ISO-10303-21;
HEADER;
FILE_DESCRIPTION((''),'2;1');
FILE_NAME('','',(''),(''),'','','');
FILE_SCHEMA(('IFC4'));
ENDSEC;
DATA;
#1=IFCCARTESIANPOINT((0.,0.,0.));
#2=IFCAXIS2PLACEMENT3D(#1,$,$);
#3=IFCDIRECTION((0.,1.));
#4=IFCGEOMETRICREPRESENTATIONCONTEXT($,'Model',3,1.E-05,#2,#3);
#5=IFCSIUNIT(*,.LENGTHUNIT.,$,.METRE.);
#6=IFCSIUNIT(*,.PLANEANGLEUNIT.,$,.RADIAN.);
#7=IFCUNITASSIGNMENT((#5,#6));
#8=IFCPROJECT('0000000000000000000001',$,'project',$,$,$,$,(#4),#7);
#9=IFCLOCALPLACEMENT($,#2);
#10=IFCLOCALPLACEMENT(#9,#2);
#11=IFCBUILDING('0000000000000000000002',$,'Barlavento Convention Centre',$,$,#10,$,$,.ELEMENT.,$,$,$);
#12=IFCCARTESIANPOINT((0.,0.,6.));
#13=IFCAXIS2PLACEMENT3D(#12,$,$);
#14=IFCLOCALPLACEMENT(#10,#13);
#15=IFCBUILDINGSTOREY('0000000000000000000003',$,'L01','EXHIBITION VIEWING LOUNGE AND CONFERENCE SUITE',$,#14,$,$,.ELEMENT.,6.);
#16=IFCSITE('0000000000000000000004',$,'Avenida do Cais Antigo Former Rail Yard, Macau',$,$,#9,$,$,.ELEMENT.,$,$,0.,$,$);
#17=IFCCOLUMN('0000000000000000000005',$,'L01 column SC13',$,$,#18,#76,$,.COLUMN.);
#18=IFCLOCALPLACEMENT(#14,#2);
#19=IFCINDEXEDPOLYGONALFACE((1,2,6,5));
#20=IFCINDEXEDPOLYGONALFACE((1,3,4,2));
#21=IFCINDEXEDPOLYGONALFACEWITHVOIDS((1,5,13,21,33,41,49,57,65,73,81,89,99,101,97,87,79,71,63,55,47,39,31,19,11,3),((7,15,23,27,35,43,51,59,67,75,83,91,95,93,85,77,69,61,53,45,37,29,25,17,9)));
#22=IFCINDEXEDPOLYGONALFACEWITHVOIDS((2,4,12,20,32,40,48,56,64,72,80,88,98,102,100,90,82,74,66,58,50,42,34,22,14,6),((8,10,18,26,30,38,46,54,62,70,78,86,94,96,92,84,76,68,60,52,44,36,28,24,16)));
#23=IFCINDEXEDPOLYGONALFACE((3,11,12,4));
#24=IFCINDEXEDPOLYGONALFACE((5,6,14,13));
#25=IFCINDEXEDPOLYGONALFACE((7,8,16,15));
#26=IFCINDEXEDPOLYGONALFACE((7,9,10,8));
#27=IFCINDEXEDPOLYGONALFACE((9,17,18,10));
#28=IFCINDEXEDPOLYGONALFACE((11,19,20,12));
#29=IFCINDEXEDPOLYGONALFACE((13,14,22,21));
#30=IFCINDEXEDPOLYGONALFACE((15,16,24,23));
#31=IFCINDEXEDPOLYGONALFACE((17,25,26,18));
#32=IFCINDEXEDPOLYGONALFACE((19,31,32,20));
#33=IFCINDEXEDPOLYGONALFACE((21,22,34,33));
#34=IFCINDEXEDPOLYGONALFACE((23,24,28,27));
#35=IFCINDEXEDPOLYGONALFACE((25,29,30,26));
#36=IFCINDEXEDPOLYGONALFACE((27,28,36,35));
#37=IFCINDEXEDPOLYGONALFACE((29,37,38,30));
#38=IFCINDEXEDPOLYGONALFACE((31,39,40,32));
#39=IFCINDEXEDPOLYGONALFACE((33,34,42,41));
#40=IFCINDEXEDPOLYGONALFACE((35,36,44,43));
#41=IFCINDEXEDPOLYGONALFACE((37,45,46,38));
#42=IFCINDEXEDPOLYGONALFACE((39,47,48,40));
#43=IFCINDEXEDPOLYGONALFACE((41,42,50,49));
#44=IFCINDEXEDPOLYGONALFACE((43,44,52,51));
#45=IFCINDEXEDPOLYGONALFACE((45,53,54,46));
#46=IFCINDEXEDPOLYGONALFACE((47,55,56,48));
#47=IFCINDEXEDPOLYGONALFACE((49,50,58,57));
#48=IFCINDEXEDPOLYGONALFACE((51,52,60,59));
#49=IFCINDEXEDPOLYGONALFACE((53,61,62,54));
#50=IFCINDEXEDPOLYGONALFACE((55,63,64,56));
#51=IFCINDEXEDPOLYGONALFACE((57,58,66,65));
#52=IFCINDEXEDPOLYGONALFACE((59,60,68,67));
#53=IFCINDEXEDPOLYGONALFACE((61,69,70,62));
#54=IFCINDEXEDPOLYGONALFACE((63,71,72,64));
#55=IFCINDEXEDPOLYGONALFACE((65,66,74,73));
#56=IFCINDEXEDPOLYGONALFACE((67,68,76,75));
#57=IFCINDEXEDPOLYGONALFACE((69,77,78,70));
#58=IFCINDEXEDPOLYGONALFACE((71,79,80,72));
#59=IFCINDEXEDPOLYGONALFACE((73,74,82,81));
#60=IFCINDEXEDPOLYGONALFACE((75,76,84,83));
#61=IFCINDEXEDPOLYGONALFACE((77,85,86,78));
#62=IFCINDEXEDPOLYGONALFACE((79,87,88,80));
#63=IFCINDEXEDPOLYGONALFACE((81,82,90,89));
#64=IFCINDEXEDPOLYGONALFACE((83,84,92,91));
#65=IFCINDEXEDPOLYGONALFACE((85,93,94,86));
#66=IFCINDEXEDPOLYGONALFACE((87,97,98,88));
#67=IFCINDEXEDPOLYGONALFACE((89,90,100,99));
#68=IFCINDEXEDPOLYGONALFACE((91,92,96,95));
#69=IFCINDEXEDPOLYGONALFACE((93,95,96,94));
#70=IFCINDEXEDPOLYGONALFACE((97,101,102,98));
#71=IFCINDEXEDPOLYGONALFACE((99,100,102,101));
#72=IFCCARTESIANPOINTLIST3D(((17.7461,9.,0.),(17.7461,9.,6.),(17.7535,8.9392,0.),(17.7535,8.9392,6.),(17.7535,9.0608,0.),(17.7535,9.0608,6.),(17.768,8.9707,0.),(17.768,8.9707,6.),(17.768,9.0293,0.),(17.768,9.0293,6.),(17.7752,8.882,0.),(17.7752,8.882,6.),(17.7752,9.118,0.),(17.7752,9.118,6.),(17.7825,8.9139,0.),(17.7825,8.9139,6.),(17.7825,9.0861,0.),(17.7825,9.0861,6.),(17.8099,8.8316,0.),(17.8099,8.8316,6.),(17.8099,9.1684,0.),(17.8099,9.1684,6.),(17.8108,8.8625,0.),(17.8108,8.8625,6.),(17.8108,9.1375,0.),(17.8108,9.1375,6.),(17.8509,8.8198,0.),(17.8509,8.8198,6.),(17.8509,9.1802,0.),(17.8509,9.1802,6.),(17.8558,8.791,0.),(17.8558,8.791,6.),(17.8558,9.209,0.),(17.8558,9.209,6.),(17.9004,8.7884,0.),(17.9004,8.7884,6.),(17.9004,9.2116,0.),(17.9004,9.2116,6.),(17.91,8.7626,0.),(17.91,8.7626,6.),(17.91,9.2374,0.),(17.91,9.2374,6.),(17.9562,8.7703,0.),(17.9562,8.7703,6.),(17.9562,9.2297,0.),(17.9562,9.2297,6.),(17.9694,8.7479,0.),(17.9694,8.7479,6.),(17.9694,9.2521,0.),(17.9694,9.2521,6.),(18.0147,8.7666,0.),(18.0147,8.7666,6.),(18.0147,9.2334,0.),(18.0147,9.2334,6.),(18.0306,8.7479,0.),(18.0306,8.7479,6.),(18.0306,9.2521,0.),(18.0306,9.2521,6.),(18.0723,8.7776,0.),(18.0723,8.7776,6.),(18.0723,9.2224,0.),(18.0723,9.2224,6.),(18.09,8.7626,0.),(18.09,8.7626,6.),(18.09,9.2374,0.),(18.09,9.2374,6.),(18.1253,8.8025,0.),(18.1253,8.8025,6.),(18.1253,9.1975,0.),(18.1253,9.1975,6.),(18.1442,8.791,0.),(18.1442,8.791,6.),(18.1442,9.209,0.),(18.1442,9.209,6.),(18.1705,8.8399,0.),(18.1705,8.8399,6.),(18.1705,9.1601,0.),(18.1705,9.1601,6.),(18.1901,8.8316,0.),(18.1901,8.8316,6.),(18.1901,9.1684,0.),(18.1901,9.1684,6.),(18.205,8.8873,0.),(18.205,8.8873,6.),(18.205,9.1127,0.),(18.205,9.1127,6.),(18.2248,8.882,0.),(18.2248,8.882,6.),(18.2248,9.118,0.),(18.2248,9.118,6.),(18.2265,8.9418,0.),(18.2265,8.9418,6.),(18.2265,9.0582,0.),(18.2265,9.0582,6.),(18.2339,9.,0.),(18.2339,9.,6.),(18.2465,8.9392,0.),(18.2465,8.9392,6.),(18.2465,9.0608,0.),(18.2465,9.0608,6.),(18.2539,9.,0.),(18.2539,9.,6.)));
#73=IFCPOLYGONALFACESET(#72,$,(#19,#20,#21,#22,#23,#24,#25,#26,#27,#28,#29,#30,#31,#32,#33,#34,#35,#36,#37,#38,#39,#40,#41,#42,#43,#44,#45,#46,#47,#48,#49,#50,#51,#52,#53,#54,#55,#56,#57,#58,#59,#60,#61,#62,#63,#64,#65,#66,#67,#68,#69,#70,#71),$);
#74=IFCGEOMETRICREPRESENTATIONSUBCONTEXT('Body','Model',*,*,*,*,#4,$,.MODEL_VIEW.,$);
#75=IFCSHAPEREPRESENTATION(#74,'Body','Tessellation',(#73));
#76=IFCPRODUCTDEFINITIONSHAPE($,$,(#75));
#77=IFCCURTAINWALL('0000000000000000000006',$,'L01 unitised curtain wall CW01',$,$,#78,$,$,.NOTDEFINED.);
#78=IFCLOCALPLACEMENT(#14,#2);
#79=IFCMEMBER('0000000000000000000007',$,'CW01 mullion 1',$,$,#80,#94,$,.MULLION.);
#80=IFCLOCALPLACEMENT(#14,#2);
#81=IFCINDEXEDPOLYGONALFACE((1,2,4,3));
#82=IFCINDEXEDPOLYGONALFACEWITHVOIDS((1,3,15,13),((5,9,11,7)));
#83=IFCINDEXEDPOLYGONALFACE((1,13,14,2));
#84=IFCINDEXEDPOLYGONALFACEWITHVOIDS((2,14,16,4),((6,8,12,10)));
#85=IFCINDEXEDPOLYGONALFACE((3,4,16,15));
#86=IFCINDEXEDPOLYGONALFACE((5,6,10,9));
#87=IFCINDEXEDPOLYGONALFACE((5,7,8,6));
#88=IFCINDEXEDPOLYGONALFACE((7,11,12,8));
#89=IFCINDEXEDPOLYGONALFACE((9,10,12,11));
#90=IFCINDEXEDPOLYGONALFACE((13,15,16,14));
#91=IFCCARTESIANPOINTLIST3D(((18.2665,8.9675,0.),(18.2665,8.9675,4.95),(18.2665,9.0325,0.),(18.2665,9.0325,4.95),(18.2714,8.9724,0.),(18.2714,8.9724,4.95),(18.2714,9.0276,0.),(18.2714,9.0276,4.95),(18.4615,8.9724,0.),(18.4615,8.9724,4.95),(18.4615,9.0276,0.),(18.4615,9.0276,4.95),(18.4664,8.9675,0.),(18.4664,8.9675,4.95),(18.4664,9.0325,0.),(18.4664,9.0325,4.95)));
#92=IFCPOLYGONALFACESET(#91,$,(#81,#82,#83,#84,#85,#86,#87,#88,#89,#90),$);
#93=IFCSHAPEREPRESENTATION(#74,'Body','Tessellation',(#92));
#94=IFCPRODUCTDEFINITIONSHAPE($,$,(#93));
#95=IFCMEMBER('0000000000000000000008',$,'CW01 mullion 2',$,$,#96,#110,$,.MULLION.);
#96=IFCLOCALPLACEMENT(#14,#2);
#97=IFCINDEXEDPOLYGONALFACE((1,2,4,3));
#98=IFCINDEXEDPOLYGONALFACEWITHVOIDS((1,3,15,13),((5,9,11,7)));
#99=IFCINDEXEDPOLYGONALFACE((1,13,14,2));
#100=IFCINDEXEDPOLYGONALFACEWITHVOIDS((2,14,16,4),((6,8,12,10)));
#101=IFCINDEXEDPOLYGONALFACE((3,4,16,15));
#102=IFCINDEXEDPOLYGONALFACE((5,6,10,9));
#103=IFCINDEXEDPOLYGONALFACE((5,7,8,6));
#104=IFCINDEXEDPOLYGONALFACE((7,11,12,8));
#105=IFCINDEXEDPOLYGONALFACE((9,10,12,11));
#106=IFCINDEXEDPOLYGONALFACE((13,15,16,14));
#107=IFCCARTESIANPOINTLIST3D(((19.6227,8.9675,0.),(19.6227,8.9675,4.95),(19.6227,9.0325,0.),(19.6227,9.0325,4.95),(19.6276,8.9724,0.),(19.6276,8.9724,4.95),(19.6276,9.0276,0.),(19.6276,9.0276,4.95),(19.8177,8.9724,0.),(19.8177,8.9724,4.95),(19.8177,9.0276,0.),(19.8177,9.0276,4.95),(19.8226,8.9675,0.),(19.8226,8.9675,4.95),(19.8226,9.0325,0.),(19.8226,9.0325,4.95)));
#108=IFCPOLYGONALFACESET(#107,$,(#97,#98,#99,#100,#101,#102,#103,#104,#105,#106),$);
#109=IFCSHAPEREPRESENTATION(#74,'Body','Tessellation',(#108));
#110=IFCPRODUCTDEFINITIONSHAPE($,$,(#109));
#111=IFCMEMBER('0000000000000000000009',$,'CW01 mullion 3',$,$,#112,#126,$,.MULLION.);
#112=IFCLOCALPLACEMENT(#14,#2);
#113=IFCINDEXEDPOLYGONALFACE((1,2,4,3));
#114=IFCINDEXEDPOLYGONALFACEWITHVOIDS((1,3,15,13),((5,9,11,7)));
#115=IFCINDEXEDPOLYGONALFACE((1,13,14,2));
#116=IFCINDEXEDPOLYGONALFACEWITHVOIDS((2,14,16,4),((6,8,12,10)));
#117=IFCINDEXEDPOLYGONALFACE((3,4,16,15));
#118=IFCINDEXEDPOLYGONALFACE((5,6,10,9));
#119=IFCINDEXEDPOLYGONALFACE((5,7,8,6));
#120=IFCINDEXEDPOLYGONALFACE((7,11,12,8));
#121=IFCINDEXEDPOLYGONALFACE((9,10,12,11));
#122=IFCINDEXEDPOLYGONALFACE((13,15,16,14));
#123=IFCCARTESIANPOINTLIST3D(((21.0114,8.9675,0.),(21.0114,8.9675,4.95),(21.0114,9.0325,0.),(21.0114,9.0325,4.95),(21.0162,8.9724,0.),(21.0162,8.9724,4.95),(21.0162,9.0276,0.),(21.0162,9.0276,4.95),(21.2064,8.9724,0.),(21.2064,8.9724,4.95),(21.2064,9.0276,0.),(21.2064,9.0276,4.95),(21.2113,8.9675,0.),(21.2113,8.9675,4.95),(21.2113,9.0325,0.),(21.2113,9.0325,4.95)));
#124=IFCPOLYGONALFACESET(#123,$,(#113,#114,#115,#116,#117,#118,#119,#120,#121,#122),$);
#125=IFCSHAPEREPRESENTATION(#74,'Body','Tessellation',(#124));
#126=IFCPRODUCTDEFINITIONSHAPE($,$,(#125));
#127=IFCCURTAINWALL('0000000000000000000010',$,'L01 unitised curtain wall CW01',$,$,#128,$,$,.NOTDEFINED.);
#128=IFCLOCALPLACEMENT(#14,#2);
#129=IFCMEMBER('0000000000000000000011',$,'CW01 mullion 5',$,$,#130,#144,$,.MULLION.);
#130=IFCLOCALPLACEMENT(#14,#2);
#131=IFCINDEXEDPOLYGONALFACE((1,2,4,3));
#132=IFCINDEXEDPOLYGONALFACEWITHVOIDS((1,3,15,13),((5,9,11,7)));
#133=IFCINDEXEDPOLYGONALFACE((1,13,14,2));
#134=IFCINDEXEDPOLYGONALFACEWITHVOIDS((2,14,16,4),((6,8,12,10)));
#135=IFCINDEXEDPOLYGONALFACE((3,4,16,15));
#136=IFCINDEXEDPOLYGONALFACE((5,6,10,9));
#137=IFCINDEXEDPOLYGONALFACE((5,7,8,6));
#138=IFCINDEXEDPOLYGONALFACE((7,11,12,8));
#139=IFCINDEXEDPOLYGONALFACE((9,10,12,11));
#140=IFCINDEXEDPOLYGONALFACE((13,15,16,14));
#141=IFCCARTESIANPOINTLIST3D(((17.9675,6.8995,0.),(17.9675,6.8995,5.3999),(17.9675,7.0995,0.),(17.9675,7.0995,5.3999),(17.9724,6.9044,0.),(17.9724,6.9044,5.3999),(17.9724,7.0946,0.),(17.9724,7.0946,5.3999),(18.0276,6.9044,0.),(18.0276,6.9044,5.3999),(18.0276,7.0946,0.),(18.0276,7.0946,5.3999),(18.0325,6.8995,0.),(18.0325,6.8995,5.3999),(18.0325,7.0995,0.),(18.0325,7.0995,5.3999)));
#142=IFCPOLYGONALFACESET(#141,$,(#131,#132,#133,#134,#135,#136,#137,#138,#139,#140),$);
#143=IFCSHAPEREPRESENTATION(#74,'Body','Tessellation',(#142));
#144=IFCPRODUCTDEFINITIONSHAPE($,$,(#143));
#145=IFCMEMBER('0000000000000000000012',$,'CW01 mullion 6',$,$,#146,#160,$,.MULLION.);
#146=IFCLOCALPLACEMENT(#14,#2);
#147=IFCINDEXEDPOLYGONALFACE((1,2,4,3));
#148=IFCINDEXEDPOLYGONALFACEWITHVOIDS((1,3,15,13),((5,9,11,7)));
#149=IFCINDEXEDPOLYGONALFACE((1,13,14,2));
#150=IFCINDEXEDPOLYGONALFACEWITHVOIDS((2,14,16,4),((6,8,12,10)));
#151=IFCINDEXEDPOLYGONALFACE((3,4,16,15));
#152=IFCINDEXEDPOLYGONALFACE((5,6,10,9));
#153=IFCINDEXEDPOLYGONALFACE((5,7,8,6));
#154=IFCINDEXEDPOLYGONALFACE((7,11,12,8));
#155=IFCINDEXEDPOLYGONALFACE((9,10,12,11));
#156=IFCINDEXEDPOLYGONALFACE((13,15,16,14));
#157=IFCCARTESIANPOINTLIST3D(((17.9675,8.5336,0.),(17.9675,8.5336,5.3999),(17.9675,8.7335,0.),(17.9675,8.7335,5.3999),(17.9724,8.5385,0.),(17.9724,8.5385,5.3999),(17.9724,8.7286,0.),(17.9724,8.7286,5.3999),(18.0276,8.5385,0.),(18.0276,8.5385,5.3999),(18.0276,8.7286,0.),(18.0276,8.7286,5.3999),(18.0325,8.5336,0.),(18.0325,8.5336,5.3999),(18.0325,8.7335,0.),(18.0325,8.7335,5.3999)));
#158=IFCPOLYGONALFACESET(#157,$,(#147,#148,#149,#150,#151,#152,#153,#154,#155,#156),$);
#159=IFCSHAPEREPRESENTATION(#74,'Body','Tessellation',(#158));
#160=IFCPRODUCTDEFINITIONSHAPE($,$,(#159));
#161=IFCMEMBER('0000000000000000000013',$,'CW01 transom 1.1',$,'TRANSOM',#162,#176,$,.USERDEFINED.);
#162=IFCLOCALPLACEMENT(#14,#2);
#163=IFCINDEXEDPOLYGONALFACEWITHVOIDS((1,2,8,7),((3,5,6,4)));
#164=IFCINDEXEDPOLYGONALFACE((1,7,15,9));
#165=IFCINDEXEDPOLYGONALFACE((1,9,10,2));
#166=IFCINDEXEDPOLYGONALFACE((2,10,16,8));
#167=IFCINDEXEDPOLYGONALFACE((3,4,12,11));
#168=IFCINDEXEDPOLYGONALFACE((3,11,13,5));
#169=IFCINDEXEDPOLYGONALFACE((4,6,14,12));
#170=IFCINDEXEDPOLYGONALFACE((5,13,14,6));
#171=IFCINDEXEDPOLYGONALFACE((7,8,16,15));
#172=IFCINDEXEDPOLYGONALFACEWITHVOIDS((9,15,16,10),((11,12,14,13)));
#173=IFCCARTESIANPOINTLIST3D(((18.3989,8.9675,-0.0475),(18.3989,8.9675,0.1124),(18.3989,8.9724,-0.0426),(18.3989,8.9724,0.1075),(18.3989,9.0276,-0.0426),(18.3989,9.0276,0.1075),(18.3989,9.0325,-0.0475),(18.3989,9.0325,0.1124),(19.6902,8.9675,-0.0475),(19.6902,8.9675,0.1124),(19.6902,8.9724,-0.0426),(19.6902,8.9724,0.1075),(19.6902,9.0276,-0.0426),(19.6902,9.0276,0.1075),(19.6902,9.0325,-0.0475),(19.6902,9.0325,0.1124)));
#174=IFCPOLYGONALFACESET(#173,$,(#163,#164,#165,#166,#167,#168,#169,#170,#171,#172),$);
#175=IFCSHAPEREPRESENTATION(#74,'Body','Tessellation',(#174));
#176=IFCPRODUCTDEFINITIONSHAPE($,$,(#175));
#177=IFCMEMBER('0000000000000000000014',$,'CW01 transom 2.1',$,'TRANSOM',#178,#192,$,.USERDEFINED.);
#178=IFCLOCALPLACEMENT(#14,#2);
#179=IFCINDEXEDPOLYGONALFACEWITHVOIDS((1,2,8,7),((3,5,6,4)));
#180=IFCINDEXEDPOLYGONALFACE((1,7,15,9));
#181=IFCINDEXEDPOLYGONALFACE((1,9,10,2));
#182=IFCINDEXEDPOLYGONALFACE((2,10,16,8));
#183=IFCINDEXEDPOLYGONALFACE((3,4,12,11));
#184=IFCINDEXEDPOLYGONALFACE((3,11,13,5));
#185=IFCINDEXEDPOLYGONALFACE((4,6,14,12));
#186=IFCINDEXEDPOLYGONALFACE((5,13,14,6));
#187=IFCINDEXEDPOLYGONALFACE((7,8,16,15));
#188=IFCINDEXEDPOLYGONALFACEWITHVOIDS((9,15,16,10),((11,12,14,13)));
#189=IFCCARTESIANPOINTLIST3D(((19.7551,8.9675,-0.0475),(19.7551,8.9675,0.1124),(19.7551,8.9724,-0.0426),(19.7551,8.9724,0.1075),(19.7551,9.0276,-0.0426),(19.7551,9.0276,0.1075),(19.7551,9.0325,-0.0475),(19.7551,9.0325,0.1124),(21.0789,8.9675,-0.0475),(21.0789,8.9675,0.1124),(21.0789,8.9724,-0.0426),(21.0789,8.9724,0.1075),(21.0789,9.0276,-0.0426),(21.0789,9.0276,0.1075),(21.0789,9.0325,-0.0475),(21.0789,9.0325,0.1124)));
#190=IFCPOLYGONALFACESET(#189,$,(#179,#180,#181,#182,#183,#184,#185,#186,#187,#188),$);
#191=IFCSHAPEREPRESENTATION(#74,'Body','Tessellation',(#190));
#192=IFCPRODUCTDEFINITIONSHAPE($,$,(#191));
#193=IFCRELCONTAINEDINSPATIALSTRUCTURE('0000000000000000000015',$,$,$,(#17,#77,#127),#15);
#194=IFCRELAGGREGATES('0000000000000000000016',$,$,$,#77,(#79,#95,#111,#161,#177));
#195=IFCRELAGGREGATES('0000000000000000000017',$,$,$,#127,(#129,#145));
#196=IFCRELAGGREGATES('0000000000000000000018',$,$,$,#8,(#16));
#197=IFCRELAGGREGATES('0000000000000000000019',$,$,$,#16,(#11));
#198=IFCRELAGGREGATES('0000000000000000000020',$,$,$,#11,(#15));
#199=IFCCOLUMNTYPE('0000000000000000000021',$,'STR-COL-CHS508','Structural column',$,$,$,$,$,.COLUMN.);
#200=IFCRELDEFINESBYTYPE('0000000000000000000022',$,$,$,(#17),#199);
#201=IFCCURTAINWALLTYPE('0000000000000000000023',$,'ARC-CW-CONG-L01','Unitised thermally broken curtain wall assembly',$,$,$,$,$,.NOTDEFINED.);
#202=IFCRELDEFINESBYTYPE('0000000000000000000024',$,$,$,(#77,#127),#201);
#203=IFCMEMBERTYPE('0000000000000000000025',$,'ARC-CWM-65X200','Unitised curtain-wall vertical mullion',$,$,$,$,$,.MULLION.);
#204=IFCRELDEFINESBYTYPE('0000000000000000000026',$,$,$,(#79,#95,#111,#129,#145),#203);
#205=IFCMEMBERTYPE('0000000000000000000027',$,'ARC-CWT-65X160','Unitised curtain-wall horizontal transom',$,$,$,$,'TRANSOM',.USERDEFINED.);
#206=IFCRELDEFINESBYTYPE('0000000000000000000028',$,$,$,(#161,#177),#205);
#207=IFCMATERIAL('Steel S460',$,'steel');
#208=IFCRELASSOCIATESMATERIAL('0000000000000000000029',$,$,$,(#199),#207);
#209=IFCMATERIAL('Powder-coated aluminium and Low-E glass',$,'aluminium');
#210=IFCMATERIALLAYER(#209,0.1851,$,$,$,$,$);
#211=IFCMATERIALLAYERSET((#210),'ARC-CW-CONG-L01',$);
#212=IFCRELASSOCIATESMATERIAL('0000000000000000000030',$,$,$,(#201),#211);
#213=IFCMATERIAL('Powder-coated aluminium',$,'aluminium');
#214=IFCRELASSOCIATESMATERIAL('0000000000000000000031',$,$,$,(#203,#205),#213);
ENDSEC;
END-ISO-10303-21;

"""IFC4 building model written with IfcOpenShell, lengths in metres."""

from ifc_helpers import new_model, si_unit, direction, frame, origin, origin_2d, place, context, subcontext, project, spatial, hollow_rectangle, hollow_circle, extrude, material, layer, layer_set, material_profile, profile_set, type_object, element, aggregate, save


model = new_model("IFC4")

# Units and contexts
model_context = context("Model", 3, precision=1e-05, world=origin(), true_north=direction((0.0, 1.0)))
body_context = subcontext(model_context, "Body", "Model", "MODEL_VIEW")
ifc_project = project(units=[si_unit("LENGTHUNIT", "METRE"), si_unit("PLANEANGLEUNIT", "RADIAN")], contexts=[model_context])

# Site, building, storey
site_placement = place(None, origin())
site = spatial("IfcSite", under=ifc_project, at=site_placement, Name="Avenida do Cais Antigo Former Rail Yard, Macau", CompositionType="ELEMENT", RefElevation=0.0)
building_placement = place(site_placement, origin())
building = spatial("IfcBuilding", under=site, at=building_placement, Name="Barlavento Convention Centre", CompositionType="ELEMENT")
storey_placement = place(building_placement, frame((0.0, 0.0, 6.0)))
storey = spatial("IfcBuildingStorey", under=building, at=storey_placement, Name="L01", Description="EXHIBITION VIEWING LOUNGE AND CONFERENCE SUITE", CompositionType="ELEMENT", Elevation=6.0)

# Column
ifc_material_1 = material(Name="Steel S460", Category="steel")
ifc_material_profile_1 = material_profile(ifc_material_1, hollow_circle(Radius=0.2539, WallThickness=0.02, at=origin_2d()), Name="CHS 508.0x20.0")
ifc_profile_set_1 = profile_set([ifc_material_profile_1], Name="Steel S460")
column_type = type_object("IfcColumnType", Name="STR-COL-CHS508", Description="Structural column", PredefinedType="COLUMN", material=ifc_profile_set_1)
column_placement = place(storey_placement, frame((18.0, 9.0, 0.0), z_axis=(0.0, 0.0, 1.0), x_axis=(1.0, 0.0, 0.0)))
element("IfcColumn", 1, at=column_placement, inside=storey, type_object=column_type, Name="L01 column SC13", PredefinedType="COLUMN", context=body_context, shape_type="SweptSolid", body=[
    extrude(hollow_circle(Radius=0.2539, WallThickness=0.02, at=origin_2d()), origin(), (0.0, 0.0, 1.0), 6.0),
])

# Curtain walls, members
ifc_material_2 = material(Name="Powder-coated aluminium and Low-E glass", Category="aluminium")
ifc_layer = layer(ifc_material_2, 0.1851)
ifc_layer_set = layer_set([ifc_layer], Name="ARC-CW-CONG-L01")
curtain_wall_type = type_object("IfcCurtainWallType", Name="ARC-CW-CONG-L01", Description="Unitised thermally broken curtain wall assembly", PredefinedType="NOTDEFINED", material=ifc_layer_set)
curtain_wall_1_placement = place(storey_placement, origin())
curtain_wall_1 = element("IfcCurtainWall", 2, at=curtain_wall_1_placement, inside=storey, type_object=curtain_wall_type, Name="L01 unitised curtain wall CW01", PredefinedType="NOTDEFINED")
ifc_material_3 = material(Name="Powder-coated aluminium", Category="aluminium")
ifc_material_profile_2 = material_profile(ifc_material_3, hollow_rectangle(XDim=0.0649, YDim=0.2, WallThickness=0.0049, at=origin_2d()), Name="AL-MULL 65x200x5")
ifc_profile_set_2 = profile_set([ifc_material_profile_2], Name="Powder-coated aluminium")
member_type_1 = type_object("IfcMemberType", Name="ARC-CWM-65X200", Description="Unitised curtain-wall vertical mullion", PredefinedType="MULLION", material=ifc_profile_set_2)
member_1_placement = place(storey_placement, frame((18.3665, 9.0, 0.0), z_axis=(0.0, 0.0, 1.0), x_axis=(0.0, 1.0, 0.0)))
member_1 = element("IfcMember", 3, at=member_1_placement, type_object=member_type_1, Name="CW01 mullion 1", PredefinedType="MULLION", context=body_context, shape_type="SweptSolid", body=[
    extrude(hollow_rectangle(XDim=0.0649, YDim=0.2, WallThickness=0.0049, at=origin_2d()), origin(), (0.0, 0.0, 1.0), 4.95),
])
member_2_placement = place(storey_placement, frame((19.7227, 9.0, 0.0), z_axis=(0.0, 0.0, 1.0), x_axis=(0.0, 1.0, 0.0)))
member_2 = element("IfcMember", 4, at=member_2_placement, type_object=member_type_1, Name="CW01 mullion 2", PredefinedType="MULLION", context=body_context, shape_type="SweptSolid", body=[
    extrude(hollow_rectangle(XDim=0.0649, YDim=0.2, WallThickness=0.0049, at=origin_2d()), origin(), (0.0, 0.0, 1.0), 4.95),
])
member_3_placement = place(storey_placement, frame((21.1113, 9.0, 0.0), z_axis=(0.0, 0.0, 1.0), x_axis=(0.0, 1.0, 0.0)))
member_3 = element("IfcMember", 5, at=member_3_placement, type_object=member_type_1, Name="CW01 mullion 3", PredefinedType="MULLION", context=body_context, shape_type="SweptSolid", body=[
    extrude(hollow_rectangle(XDim=0.0649, YDim=0.2, WallThickness=0.0049, at=origin_2d()), origin(), (0.0, 0.0, 1.0), 4.95),
])
curtain_wall_2_placement = place(storey_placement, origin())
curtain_wall_2 = element("IfcCurtainWall", 6, at=curtain_wall_2_placement, inside=storey, type_object=curtain_wall_type, Name="L01 unitised curtain wall CW01", PredefinedType="NOTDEFINED")
member_4_placement = place(storey_placement, frame((18.0, 6.9995, 0.0), z_axis=(0.0, 0.0, 1.0), x_axis=(-1.0, 0.0, 0.0)))
member_4 = element("IfcMember", 7, at=member_4_placement, type_object=member_type_1, Name="CW01 mullion 5", PredefinedType="MULLION", context=body_context, shape_type="SweptSolid", body=[
    extrude(hollow_rectangle(XDim=0.0649, YDim=0.2, WallThickness=0.0049, at=origin_2d()), origin(), (0.0, 0.0, 1.0), 5.3999),
])
member_5_placement = place(storey_placement, frame((18.0, 8.6335, 0.0), z_axis=(0.0, 0.0, 1.0), x_axis=(-1.0, 0.0, 0.0)))
member_5 = element("IfcMember", 8, at=member_5_placement, type_object=member_type_1, Name="CW01 mullion 6", PredefinedType="MULLION", context=body_context, shape_type="SweptSolid", body=[
    extrude(hollow_rectangle(XDim=0.0649, YDim=0.2, WallThickness=0.0049, at=origin_2d()), origin(), (0.0, 0.0, 1.0), 5.3999),
])

# Members
ifc_material_profile_3 = material_profile(ifc_material_3, hollow_rectangle(XDim=0.0649, YDim=0.1599, WallThickness=0.0049, at=origin_2d()), Name="AL-TRAN 65x160x5")
ifc_profile_set_3 = profile_set([ifc_material_profile_3], Name="Powder-coated aluminium")
member_type_2 = type_object("IfcMemberType", Name="ARC-CWT-65X160", Description="Unitised curtain-wall horizontal transom", ElementType="TRANSOM", PredefinedType="USERDEFINED", material=ifc_profile_set_3)
member_6_placement = place(storey_placement, frame((18.3989, 9.0, 0.0325), z_axis=(1.0, 0.0, 0.0), x_axis=(0.0, 1.0, 0.0)))
member_6 = element("IfcMember", 9, at=member_6_placement, type_object=member_type_2, Name="CW01 transom 1.1", ObjectType="TRANSOM", PredefinedType="USERDEFINED", context=body_context, shape_type="SweptSolid", body=[
    extrude(hollow_rectangle(XDim=0.0649, YDim=0.1599, WallThickness=0.0049, at=origin_2d()), origin(), (0.0, 0.0, 1.0), 1.2913),
])
member_7_placement = place(storey_placement, frame((19.7551, 9.0, 0.0325), z_axis=(1.0, 0.0, 0.0), x_axis=(0.0, 1.0, 0.0)))
member_7 = element("IfcMember", 10, at=member_7_placement, type_object=member_type_2, Name="CW01 transom 2.1", ObjectType="TRANSOM", PredefinedType="USERDEFINED", context=body_context, shape_type="SweptSolid", body=[
    extrude(hollow_rectangle(XDim=0.0649, YDim=0.1599, WallThickness=0.0049, at=origin_2d()), origin(), (0.0, 0.0, 1.0), 1.3237),
])
aggregate(curtain_wall_1, [member_1, member_2, member_3, member_6, member_7])
aggregate(curtain_wall_2, [member_4, member_5])

save(model, "model.ifc")
